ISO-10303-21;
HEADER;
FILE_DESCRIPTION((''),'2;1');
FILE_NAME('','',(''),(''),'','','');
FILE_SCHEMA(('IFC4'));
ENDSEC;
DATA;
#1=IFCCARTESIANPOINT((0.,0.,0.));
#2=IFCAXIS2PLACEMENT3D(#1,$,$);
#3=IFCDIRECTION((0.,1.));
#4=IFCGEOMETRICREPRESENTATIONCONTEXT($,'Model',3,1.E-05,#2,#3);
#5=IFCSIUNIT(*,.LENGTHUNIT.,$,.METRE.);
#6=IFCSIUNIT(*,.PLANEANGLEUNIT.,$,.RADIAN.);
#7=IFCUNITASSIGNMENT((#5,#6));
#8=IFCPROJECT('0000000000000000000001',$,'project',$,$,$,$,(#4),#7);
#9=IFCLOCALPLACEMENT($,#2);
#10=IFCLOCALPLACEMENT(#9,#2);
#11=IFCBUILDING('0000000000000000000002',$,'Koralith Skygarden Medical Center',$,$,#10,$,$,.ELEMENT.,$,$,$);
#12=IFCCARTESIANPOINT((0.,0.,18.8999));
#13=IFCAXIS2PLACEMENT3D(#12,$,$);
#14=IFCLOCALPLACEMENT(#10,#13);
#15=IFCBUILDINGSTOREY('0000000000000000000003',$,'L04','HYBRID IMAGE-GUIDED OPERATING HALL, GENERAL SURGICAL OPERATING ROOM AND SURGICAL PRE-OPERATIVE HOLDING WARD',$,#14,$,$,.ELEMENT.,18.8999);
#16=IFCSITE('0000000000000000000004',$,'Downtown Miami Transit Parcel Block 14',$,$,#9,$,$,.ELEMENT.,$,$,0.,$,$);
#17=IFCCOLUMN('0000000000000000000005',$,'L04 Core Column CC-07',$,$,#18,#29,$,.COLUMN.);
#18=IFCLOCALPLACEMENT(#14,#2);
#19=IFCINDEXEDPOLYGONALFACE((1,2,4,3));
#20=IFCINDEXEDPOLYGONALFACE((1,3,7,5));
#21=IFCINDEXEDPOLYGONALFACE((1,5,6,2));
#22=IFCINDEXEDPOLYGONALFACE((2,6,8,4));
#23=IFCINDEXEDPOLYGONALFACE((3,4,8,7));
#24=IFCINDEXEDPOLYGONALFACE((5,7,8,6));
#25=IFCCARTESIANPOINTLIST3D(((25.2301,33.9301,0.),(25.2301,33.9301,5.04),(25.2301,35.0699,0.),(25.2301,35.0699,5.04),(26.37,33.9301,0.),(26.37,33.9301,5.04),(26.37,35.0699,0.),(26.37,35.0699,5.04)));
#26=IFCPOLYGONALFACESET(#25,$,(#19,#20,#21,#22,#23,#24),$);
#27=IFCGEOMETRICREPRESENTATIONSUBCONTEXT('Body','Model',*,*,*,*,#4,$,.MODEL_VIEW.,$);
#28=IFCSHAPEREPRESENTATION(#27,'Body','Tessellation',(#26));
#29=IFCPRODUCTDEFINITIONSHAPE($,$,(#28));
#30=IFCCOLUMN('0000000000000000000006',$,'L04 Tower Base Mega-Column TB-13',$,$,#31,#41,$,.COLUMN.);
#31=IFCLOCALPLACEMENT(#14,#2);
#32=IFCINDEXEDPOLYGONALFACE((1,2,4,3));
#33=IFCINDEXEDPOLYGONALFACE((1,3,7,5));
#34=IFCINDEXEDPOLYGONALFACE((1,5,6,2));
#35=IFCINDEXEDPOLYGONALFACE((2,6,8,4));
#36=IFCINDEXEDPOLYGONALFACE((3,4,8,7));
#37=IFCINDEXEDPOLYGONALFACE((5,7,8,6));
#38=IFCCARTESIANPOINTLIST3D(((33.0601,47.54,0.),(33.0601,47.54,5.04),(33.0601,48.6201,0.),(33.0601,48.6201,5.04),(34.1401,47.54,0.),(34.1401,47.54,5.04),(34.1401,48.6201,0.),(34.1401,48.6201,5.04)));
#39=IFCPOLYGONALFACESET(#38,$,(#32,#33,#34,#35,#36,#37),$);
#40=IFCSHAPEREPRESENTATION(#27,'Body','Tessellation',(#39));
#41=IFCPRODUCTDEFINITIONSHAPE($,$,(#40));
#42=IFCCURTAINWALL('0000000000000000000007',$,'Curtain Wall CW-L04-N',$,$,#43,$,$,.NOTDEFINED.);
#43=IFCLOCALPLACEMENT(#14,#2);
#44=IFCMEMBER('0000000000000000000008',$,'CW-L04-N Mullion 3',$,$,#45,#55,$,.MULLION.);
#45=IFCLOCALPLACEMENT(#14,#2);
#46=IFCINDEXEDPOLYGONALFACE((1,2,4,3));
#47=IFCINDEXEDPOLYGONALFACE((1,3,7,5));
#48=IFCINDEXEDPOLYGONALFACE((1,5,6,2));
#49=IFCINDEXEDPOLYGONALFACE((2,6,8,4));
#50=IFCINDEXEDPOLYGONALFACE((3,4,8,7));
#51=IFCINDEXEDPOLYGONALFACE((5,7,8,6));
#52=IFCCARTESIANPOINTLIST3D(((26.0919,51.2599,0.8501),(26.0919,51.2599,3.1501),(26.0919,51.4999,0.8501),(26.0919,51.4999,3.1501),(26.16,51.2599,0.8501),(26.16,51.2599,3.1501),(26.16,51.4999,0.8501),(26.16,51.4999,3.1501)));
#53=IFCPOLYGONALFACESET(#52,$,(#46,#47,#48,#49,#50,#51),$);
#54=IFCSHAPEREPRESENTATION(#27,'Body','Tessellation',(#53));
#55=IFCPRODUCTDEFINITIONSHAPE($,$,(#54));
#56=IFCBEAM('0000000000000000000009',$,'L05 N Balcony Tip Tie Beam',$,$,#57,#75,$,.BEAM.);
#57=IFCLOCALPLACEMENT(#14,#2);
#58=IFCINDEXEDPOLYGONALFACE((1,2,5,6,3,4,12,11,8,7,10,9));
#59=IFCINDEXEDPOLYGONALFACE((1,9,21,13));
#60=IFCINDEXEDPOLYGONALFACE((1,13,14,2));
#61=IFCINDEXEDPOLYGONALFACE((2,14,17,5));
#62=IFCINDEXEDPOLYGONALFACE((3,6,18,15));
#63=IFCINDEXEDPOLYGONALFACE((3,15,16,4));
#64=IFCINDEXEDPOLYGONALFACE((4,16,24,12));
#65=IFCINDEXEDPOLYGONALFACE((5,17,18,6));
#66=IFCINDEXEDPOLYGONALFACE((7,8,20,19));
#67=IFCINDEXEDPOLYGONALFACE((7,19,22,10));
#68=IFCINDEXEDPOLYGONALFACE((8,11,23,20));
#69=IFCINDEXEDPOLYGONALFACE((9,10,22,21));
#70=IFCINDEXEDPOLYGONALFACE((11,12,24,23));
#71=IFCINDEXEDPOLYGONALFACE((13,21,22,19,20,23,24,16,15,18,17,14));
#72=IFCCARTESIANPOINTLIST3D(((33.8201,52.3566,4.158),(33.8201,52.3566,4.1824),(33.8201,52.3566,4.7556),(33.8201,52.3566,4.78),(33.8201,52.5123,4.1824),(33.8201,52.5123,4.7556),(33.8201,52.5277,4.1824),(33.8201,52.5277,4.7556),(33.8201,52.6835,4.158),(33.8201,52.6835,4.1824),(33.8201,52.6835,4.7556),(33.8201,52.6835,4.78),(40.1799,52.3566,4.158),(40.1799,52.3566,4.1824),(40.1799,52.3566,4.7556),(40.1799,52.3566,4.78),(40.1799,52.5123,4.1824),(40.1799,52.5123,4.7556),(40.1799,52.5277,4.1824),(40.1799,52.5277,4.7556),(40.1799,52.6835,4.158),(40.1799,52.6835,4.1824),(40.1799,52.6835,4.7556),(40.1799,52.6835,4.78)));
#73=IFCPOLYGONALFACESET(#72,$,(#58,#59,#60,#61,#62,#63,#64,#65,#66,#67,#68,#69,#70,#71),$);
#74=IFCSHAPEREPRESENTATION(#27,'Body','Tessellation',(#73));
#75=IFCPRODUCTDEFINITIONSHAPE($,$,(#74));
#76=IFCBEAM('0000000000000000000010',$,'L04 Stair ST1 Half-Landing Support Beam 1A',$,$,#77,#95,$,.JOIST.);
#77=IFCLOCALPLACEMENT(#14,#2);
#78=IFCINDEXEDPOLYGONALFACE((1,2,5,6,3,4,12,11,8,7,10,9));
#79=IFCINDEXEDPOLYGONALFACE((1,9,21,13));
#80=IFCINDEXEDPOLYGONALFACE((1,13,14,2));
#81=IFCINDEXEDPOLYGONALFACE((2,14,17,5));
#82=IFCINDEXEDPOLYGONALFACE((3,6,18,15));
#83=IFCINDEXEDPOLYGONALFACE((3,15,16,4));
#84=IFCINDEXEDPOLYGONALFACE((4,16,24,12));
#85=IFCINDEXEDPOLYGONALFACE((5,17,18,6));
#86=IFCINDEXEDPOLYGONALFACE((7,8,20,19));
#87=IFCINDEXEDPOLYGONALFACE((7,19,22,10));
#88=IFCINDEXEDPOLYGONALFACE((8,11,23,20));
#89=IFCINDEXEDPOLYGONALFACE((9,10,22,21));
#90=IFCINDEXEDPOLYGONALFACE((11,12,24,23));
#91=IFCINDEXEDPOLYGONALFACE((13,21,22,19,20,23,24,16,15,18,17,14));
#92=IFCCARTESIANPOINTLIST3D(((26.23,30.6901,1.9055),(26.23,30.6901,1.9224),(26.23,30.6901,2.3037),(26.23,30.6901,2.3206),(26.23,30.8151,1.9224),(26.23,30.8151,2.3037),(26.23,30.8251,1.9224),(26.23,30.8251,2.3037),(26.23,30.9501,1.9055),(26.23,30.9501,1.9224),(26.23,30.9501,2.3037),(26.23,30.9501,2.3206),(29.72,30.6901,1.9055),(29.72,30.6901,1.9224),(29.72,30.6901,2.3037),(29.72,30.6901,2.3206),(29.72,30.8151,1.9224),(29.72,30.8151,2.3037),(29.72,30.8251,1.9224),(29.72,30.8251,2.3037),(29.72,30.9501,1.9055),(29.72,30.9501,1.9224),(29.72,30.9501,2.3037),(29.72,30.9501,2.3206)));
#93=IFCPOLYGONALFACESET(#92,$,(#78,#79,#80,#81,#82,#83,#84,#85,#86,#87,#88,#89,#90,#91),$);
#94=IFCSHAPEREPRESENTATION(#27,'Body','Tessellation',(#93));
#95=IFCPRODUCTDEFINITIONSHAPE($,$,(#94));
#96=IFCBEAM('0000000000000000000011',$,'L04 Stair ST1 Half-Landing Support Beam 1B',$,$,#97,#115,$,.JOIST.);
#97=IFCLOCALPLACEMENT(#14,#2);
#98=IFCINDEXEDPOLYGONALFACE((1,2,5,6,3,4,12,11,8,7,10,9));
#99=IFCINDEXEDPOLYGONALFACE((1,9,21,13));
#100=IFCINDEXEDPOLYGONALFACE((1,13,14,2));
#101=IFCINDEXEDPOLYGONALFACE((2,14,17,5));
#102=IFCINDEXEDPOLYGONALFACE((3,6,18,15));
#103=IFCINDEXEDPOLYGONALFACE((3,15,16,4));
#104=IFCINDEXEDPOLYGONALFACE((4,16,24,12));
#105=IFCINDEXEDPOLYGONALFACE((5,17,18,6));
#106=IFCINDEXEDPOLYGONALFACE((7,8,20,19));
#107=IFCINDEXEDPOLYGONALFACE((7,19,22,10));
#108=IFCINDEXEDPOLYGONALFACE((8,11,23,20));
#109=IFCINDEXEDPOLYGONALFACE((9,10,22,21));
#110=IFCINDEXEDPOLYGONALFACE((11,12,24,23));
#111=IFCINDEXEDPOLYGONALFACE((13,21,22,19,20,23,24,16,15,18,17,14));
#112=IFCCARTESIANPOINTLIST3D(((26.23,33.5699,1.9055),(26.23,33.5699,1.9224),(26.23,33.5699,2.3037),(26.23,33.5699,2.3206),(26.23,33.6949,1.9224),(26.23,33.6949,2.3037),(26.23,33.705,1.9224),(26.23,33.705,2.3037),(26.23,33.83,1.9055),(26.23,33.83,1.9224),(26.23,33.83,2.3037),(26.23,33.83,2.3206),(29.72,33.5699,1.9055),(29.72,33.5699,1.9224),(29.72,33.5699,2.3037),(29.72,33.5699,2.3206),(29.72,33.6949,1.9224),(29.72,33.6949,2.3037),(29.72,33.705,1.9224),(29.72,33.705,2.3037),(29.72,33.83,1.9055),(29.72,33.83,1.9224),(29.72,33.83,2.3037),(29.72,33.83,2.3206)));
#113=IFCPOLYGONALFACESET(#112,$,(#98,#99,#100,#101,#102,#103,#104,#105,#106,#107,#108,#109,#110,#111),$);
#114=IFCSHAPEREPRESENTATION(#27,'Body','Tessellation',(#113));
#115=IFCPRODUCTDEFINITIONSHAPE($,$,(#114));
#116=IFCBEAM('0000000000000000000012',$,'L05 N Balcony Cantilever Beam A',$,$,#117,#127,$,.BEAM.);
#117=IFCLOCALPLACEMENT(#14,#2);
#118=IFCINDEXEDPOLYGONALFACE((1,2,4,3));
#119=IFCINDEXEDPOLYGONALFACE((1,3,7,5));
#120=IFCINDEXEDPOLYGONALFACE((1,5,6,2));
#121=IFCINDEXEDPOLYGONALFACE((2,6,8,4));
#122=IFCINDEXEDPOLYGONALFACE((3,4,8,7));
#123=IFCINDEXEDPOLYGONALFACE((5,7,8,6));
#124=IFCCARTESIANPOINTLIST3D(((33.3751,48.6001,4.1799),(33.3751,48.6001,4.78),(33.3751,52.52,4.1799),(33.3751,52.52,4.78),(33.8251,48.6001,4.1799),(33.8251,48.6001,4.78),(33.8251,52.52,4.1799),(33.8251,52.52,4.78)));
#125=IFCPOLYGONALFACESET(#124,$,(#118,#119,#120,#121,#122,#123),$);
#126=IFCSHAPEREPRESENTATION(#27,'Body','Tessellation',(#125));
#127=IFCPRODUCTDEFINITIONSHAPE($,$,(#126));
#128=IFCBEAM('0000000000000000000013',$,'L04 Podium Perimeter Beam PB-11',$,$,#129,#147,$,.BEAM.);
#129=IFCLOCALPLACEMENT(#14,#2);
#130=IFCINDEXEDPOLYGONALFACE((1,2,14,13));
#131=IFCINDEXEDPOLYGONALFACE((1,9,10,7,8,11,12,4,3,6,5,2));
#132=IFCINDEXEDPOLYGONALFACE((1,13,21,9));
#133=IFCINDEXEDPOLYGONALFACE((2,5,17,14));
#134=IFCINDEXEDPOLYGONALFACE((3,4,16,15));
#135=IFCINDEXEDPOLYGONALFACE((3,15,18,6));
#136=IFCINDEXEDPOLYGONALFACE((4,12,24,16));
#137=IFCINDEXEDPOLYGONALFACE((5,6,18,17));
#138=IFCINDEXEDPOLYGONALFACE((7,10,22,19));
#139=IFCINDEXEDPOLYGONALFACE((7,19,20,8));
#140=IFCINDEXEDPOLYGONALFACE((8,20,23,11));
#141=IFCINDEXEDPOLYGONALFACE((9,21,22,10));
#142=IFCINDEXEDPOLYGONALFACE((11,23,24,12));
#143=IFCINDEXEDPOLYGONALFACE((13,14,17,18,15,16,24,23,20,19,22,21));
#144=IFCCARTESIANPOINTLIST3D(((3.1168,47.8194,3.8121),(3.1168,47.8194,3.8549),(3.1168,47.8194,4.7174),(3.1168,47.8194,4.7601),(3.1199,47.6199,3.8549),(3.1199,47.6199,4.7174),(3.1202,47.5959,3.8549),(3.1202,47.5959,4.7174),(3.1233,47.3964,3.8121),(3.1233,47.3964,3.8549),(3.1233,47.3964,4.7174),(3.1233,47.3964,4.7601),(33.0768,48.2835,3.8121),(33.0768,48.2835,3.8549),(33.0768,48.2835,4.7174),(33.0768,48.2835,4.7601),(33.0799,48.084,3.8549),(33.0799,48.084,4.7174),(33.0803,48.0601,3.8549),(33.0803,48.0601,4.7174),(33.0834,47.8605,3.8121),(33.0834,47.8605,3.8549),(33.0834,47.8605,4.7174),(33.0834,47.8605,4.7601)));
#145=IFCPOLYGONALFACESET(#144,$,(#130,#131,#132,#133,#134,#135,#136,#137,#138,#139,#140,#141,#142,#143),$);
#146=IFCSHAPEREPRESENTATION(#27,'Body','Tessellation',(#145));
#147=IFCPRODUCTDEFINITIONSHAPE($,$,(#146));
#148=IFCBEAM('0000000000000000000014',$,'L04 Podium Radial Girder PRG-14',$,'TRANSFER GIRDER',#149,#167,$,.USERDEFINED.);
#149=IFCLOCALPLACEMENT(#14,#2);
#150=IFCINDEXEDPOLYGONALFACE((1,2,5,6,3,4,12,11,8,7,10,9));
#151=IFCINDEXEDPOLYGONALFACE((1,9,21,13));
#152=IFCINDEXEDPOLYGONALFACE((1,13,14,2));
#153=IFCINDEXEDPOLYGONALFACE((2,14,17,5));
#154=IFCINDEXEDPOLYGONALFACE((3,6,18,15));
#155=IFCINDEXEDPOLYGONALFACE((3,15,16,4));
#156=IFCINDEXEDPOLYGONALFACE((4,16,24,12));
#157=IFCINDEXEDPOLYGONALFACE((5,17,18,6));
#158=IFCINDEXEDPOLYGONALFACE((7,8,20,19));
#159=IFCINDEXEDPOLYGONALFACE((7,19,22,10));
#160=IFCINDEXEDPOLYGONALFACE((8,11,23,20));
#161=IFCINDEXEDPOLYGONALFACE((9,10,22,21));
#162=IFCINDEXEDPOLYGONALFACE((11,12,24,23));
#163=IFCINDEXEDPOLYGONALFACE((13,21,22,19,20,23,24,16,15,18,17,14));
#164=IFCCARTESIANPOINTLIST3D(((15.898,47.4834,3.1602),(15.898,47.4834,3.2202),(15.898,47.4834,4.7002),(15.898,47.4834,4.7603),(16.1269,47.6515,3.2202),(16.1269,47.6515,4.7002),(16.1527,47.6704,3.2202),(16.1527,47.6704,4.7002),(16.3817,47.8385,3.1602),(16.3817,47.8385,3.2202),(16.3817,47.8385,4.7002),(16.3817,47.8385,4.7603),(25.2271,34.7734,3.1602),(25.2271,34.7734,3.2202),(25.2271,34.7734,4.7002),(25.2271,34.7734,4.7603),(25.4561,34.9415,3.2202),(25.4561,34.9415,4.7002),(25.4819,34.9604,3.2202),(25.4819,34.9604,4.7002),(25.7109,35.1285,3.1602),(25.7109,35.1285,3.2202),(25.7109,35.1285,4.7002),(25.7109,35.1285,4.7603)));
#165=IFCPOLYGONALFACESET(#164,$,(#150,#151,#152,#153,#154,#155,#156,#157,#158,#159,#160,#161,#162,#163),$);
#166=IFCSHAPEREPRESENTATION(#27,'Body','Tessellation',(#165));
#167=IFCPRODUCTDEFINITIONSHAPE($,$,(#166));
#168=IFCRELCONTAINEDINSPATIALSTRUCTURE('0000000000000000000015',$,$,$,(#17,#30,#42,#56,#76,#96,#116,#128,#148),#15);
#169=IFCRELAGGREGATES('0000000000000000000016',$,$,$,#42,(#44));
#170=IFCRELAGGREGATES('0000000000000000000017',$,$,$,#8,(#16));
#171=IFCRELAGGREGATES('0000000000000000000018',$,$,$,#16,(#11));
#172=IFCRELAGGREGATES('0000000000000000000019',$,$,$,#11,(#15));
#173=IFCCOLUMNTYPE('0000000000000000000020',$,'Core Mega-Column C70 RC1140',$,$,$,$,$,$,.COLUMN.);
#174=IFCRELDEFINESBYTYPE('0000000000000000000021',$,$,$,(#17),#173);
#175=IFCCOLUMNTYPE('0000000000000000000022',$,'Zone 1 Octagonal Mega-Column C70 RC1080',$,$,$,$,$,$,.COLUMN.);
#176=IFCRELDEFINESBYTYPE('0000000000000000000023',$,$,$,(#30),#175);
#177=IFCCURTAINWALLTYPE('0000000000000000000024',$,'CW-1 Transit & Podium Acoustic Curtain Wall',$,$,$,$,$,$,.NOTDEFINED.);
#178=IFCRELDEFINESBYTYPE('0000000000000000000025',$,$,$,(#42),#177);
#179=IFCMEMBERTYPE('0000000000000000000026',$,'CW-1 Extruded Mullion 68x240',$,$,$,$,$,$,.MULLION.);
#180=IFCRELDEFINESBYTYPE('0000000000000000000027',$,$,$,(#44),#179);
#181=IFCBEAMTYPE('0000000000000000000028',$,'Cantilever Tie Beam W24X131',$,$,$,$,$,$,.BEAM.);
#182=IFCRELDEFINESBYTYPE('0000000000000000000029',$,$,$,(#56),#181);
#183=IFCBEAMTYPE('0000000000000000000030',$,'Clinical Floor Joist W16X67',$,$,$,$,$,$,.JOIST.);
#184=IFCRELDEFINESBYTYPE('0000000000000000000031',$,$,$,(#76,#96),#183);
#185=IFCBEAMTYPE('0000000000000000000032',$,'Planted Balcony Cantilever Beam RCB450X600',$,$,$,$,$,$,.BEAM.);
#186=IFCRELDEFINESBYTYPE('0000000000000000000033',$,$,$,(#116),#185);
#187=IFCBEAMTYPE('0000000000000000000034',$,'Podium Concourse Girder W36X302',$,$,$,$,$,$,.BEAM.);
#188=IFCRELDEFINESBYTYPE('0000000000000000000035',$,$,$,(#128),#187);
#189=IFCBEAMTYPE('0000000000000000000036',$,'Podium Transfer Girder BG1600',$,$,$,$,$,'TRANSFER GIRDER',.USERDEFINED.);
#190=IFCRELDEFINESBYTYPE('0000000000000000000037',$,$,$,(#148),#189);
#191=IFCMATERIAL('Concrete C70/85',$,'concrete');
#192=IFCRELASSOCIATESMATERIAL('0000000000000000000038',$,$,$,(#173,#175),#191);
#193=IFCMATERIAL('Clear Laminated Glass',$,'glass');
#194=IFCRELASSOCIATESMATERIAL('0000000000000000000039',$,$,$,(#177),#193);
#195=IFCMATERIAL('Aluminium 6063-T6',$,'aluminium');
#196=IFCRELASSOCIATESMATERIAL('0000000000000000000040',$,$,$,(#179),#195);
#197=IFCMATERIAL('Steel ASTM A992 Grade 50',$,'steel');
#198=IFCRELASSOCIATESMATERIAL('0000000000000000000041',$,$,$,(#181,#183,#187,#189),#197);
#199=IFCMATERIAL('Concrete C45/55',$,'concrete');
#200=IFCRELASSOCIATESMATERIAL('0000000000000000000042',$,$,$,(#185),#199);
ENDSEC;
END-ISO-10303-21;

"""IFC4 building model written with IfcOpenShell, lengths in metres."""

from ifc_helpers import new_model, si_unit, direction, frame, origin, origin_2d, place, context, subcontext, project, spatial, rectangle, i_section, extrude, material, material_profile, profile_set, type_object, element, aggregate, save


model = new_model("IFC4")

# Units and contexts
model_context = context("Model", 3, precision=1e-05, world=origin(), true_north=direction((0.0, 1.0)))
body_context = subcontext(model_context, "Body", "Model", "MODEL_VIEW")
ifc_project = project(units=[si_unit("LENGTHUNIT", "METRE"), si_unit("PLANEANGLEUNIT", "RADIAN")], contexts=[model_context])

# Site, building, storey
site_placement = place(None, origin())
site = spatial("IfcSite", under=ifc_project, at=site_placement, Name="Downtown Miami Transit Parcel Block 14", CompositionType="ELEMENT", RefElevation=0.0)
building_placement = place(site_placement, origin())
building = spatial("IfcBuilding", under=site, at=building_placement, Name="Koralith Skygarden Medical Center", CompositionType="ELEMENT")
storey_placement = place(building_placement, frame((0.0, 0.0, 18.8999)))
storey = spatial("IfcBuildingStorey", under=building, at=storey_placement, Name="L04", Description="HYBRID IMAGE-GUIDED OPERATING HALL, GENERAL SURGICAL OPERATING ROOM AND SURGICAL PRE-OPERATIVE HOLDING WARD", CompositionType="ELEMENT", Elevation=18.8999)

# Columns
ifc_material_1 = material(Name="Concrete C70/85", Category="concrete")
ifc_material_profile_1 = material_profile(ifc_material_1, rectangle(XDim=1.1399, YDim=1.1399, at=origin_2d()), Name="RC1140X1140")
ifc_profile_set_1 = profile_set([ifc_material_profile_1], Name="Concrete C70/85")
column_type_1 = type_object("IfcColumnType", Name="Core Mega-Column C70 RC1140", PredefinedType="COLUMN", material=ifc_profile_set_1)
column_1_placement = place(storey_placement, frame((25.8, 34.5, 0.0), z_axis=(0.0, 0.0, 1.0), x_axis=(1.0, 0.0, 0.0)))
element("IfcColumn", 1, at=column_1_placement, inside=storey, type_object=column_type_1, Name="L04 Core Column CC-07", PredefinedType="COLUMN", context=body_context, shape_type="SweptSolid", body=[
    extrude(rectangle(XDim=1.1399, YDim=1.1399, at=origin_2d()), origin(), (0.0, 0.0, 1.0), 5.04),
])
ifc_material_profile_2 = material_profile(ifc_material_1, rectangle(XDim=1.0801, YDim=1.0801, at=origin_2d()), Name="RC1080X1080")
ifc_profile_set_2 = profile_set([ifc_material_profile_2], Name="Concrete C70/85")
column_type_2 = type_object("IfcColumnType", Name="Zone 1 Octagonal Mega-Column C70 RC1080", PredefinedType="COLUMN", material=ifc_profile_set_2)
column_2_placement = place(storey_placement, frame((33.6001, 48.0801, 0.0), z_axis=(0.0, 0.0, 1.0), x_axis=(1.0, 0.0, 0.0)))
element("IfcColumn", 2, at=column_2_placement, inside=storey, type_object=column_type_2, Name="L04 Tower Base Mega-Column TB-13", PredefinedType="COLUMN", context=body_context, shape_type="SweptSolid", body=[
    extrude(rectangle(XDim=1.0801, YDim=1.0801, at=origin_2d()), origin(), (0.0, 0.0, 1.0), 5.04),
])

# Curtain wall, member
ifc_material_2 = material(Name="Clear Laminated Glass", Category="glass")
curtain_wall_type = type_object("IfcCurtainWallType", Name="CW-1 Transit & Podium Acoustic Curtain Wall", PredefinedType="NOTDEFINED", material=ifc_material_2)
curtain_wall_placement = place(storey_placement, origin())
curtain_wall = element("IfcCurtainWall", 3, at=curtain_wall_placement, inside=storey, type_object=curtain_wall_type, Name="Curtain Wall CW-L04-N", PredefinedType="NOTDEFINED")
ifc_material_3 = material(Name="Aluminium 6063-T6", Category="aluminium")
ifc_material_profile_3 = material_profile(ifc_material_3, rectangle(XDim=0.0681, YDim=0.24, at=origin_2d()), Name="MUL68X240")
ifc_profile_set_3 = profile_set([ifc_material_profile_3], Name="Aluminium 6063-T6")
member_type = type_object("IfcMemberType", Name="CW-1 Extruded Mullion 68x240", PredefinedType="MULLION", material=ifc_profile_set_3)
member_placement = place(storey_placement, frame((26.126, 51.3799, 0.8501), z_axis=(0.0, 0.0, 1.0), x_axis=(1.0, 0.0, 0.0)))
member = element("IfcMember", 4, at=member_placement, type_object=member_type, Name="CW-L04-N Mullion 3", PredefinedType="MULLION", context=body_context, shape_type="SweptSolid", body=[
    extrude(rectangle(XDim=0.0681, YDim=0.24, at=origin_2d()), origin(), (0.0, 0.0, 1.0), 2.3),
])
aggregate(curtain_wall, [member])

# Beams
ifc_material_4 = material(Name="Steel ASTM A992 Grade 50", Category="steel")
ifc_material_profile_4 = material_profile(ifc_material_4, i_section(OverallWidth=0.3269, OverallDepth=0.6221, WebThickness=0.0154, FlangeThickness=0.0244, at=origin_2d()), Name="W24X131")
ifc_profile_set_4 = profile_set([ifc_material_profile_4], Name="Steel ASTM A992 Grade 50")
beam_type_1 = type_object("IfcBeamType", Name="Cantilever Tie Beam W24X131", PredefinedType="BEAM", material=ifc_profile_set_4)
beam_1_placement = place(storey_placement, frame((33.8201, 52.52, 4.469), z_axis=(1.0, 0.0, 0.0), x_axis=(0.0, 1.0, 0.0)))
element("IfcBeam", 5, at=beam_1_placement, inside=storey, type_object=beam_type_1, Name="L05 N Balcony Tip Tie Beam", PredefinedType="BEAM", context=body_context, shape_type="SweptSolid", body=[
    extrude(i_section(OverallWidth=0.3269, OverallDepth=0.6221, WebThickness=0.0154, FlangeThickness=0.0244, at=origin_2d()), origin(), (0.0, 0.0, 1.0), 6.3599),
])
ifc_material_profile_5 = material_profile(ifc_material_4, i_section(OverallWidth=0.26, OverallDepth=0.415, WebThickness=0.01, FlangeThickness=0.0168, at=origin_2d()), Name="W16X67")
ifc_profile_set_5 = profile_set([ifc_material_profile_5], Name="Steel ASTM A992 Grade 50")
beam_type_2 = type_object("IfcBeamType", Name="Clinical Floor Joist W16X67", PredefinedType="JOIST", material=ifc_profile_set_5)
for number, where, z_axis, x_axis, name in (
    (6, (26.23, 30.8201, 2.113), (1.0, 0.0, 0.0), (0.0, 1.0, 0.0), "L04 Stair ST1 Half-Landing Support Beam 1A"),
    (7, (26.23, 33.7, 2.113), (1.0, 0.0, 0.0), (0.0, 1.0, 0.0), "L04 Stair ST1 Half-Landing Support Beam 1B"),
):
    element("IfcBeam", number, at=place(storey_placement, frame(where, z_axis=z_axis, x_axis=x_axis)), inside=storey, type_object=beam_type_2, Name=name, PredefinedType="JOIST", context=body_context, shape_type="SweptSolid", body=[
        extrude(i_section(OverallWidth=0.26, OverallDepth=0.415, WebThickness=0.01, FlangeThickness=0.0168, at=origin_2d()), origin(), (0.0, 0.0, 1.0), 3.49),
    ])
ifc_material_5 = material(Name="Concrete C45/55", Category="concrete")
ifc_material_profile_6 = material_profile(ifc_material_5, rectangle(XDim=0.45, YDim=0.6001, at=origin_2d()), Name="RCB450X600")
ifc_profile_set_6 = profile_set([ifc_material_profile_6], Name="Concrete C45/55")
beam_type_3 = type_object("IfcBeamType", Name="Planted Balcony Cantilever Beam RCB450X600", PredefinedType="BEAM", material=ifc_profile_set_6)
beam_2_placement = place(storey_placement, frame((33.6001, 48.6001, 4.48), z_axis=(0.0, 1.0, 0.0), x_axis=(-1.0, 0.0, 0.0)))
element("IfcBeam", 8, at=beam_2_placement, inside=storey, type_object=beam_type_3, Name="L05 N Balcony Cantilever Beam A", PredefinedType="BEAM", context=body_context, shape_type="SweptSolid", body=[
    extrude(rectangle(XDim=0.45, YDim=0.6001, at=origin_2d()), origin(), (0.0, 0.0, 1.0), 3.9199),
])
ifc_material_profile_7 = material_profile(ifc_material_4, i_section(OverallWidth=0.4231, OverallDepth=0.948, WebThickness=0.0239, FlangeThickness=0.0427, at=origin_2d()), Name="W36X302")
ifc_profile_set_7 = profile_set([ifc_material_profile_7], Name="Steel ASTM A992 Grade 50")
beam_type_4 = type_object("IfcBeamType", Name="Podium Concourse Girder W36X302", PredefinedType="BEAM", material=ifc_profile_set_7)
beam_3_placement = place(storey_placement, frame((33.0801, 48.072, 4.2861), z_axis=(-0.99988, -0.015489, 0.0), x_axis=(0.015489, -0.99988, 0.0)))
element("IfcBeam", 9, at=beam_3_placement, inside=storey, type_object=beam_type_4, Name="L04 Podium Perimeter Beam PB-11", PredefinedType="BEAM", context=body_context, shape_type="SweptSolid", body=[
    extrude(i_section(OverallWidth=0.4231, OverallDepth=0.948, WebThickness=0.0239, FlangeThickness=0.0427, at=origin_2d()), origin(), (0.0, 0.0, 1.0), 29.9636),
])
ifc_material_profile_8 = material_profile(ifc_material_4, i_section(OverallWidth=0.6001, OverallDepth=1.6001, WebThickness=0.032, FlangeThickness=0.0601, at=origin_2d()), Name="BG1600X600X60X32")
ifc_profile_set_8 = profile_set([ifc_material_profile_8], Name="Steel ASTM A992 Grade 50")
beam_type_5 = type_object("IfcBeamType", Name="Podium Transfer Girder BG1600", ElementType="TRANSFER GIRDER", PredefinedType="USERDEFINED", material=ifc_profile_set_8)
beam_4_placement = place(storey_placement, frame((25.469, 34.9509, 3.9602), z_axis=(-0.591713, 0.806149, 0.0), x_axis=(-0.806149, -0.591713, 0.0)))
element("IfcBeam", 10, at=beam_4_placement, inside=storey, type_object=beam_type_5, Name="L04 Podium Radial Girder PRG-14", ObjectType="TRANSFER GIRDER", PredefinedType="USERDEFINED", context=body_context, shape_type="SweptSolid", body=[
    extrude(i_section(OverallWidth=0.6001, OverallDepth=1.6001, WebThickness=0.032, FlangeThickness=0.0601, at=origin_2d()), origin(), (0.0, 0.0, 1.0), 15.7664),
])

save(model, "model.ifc")
